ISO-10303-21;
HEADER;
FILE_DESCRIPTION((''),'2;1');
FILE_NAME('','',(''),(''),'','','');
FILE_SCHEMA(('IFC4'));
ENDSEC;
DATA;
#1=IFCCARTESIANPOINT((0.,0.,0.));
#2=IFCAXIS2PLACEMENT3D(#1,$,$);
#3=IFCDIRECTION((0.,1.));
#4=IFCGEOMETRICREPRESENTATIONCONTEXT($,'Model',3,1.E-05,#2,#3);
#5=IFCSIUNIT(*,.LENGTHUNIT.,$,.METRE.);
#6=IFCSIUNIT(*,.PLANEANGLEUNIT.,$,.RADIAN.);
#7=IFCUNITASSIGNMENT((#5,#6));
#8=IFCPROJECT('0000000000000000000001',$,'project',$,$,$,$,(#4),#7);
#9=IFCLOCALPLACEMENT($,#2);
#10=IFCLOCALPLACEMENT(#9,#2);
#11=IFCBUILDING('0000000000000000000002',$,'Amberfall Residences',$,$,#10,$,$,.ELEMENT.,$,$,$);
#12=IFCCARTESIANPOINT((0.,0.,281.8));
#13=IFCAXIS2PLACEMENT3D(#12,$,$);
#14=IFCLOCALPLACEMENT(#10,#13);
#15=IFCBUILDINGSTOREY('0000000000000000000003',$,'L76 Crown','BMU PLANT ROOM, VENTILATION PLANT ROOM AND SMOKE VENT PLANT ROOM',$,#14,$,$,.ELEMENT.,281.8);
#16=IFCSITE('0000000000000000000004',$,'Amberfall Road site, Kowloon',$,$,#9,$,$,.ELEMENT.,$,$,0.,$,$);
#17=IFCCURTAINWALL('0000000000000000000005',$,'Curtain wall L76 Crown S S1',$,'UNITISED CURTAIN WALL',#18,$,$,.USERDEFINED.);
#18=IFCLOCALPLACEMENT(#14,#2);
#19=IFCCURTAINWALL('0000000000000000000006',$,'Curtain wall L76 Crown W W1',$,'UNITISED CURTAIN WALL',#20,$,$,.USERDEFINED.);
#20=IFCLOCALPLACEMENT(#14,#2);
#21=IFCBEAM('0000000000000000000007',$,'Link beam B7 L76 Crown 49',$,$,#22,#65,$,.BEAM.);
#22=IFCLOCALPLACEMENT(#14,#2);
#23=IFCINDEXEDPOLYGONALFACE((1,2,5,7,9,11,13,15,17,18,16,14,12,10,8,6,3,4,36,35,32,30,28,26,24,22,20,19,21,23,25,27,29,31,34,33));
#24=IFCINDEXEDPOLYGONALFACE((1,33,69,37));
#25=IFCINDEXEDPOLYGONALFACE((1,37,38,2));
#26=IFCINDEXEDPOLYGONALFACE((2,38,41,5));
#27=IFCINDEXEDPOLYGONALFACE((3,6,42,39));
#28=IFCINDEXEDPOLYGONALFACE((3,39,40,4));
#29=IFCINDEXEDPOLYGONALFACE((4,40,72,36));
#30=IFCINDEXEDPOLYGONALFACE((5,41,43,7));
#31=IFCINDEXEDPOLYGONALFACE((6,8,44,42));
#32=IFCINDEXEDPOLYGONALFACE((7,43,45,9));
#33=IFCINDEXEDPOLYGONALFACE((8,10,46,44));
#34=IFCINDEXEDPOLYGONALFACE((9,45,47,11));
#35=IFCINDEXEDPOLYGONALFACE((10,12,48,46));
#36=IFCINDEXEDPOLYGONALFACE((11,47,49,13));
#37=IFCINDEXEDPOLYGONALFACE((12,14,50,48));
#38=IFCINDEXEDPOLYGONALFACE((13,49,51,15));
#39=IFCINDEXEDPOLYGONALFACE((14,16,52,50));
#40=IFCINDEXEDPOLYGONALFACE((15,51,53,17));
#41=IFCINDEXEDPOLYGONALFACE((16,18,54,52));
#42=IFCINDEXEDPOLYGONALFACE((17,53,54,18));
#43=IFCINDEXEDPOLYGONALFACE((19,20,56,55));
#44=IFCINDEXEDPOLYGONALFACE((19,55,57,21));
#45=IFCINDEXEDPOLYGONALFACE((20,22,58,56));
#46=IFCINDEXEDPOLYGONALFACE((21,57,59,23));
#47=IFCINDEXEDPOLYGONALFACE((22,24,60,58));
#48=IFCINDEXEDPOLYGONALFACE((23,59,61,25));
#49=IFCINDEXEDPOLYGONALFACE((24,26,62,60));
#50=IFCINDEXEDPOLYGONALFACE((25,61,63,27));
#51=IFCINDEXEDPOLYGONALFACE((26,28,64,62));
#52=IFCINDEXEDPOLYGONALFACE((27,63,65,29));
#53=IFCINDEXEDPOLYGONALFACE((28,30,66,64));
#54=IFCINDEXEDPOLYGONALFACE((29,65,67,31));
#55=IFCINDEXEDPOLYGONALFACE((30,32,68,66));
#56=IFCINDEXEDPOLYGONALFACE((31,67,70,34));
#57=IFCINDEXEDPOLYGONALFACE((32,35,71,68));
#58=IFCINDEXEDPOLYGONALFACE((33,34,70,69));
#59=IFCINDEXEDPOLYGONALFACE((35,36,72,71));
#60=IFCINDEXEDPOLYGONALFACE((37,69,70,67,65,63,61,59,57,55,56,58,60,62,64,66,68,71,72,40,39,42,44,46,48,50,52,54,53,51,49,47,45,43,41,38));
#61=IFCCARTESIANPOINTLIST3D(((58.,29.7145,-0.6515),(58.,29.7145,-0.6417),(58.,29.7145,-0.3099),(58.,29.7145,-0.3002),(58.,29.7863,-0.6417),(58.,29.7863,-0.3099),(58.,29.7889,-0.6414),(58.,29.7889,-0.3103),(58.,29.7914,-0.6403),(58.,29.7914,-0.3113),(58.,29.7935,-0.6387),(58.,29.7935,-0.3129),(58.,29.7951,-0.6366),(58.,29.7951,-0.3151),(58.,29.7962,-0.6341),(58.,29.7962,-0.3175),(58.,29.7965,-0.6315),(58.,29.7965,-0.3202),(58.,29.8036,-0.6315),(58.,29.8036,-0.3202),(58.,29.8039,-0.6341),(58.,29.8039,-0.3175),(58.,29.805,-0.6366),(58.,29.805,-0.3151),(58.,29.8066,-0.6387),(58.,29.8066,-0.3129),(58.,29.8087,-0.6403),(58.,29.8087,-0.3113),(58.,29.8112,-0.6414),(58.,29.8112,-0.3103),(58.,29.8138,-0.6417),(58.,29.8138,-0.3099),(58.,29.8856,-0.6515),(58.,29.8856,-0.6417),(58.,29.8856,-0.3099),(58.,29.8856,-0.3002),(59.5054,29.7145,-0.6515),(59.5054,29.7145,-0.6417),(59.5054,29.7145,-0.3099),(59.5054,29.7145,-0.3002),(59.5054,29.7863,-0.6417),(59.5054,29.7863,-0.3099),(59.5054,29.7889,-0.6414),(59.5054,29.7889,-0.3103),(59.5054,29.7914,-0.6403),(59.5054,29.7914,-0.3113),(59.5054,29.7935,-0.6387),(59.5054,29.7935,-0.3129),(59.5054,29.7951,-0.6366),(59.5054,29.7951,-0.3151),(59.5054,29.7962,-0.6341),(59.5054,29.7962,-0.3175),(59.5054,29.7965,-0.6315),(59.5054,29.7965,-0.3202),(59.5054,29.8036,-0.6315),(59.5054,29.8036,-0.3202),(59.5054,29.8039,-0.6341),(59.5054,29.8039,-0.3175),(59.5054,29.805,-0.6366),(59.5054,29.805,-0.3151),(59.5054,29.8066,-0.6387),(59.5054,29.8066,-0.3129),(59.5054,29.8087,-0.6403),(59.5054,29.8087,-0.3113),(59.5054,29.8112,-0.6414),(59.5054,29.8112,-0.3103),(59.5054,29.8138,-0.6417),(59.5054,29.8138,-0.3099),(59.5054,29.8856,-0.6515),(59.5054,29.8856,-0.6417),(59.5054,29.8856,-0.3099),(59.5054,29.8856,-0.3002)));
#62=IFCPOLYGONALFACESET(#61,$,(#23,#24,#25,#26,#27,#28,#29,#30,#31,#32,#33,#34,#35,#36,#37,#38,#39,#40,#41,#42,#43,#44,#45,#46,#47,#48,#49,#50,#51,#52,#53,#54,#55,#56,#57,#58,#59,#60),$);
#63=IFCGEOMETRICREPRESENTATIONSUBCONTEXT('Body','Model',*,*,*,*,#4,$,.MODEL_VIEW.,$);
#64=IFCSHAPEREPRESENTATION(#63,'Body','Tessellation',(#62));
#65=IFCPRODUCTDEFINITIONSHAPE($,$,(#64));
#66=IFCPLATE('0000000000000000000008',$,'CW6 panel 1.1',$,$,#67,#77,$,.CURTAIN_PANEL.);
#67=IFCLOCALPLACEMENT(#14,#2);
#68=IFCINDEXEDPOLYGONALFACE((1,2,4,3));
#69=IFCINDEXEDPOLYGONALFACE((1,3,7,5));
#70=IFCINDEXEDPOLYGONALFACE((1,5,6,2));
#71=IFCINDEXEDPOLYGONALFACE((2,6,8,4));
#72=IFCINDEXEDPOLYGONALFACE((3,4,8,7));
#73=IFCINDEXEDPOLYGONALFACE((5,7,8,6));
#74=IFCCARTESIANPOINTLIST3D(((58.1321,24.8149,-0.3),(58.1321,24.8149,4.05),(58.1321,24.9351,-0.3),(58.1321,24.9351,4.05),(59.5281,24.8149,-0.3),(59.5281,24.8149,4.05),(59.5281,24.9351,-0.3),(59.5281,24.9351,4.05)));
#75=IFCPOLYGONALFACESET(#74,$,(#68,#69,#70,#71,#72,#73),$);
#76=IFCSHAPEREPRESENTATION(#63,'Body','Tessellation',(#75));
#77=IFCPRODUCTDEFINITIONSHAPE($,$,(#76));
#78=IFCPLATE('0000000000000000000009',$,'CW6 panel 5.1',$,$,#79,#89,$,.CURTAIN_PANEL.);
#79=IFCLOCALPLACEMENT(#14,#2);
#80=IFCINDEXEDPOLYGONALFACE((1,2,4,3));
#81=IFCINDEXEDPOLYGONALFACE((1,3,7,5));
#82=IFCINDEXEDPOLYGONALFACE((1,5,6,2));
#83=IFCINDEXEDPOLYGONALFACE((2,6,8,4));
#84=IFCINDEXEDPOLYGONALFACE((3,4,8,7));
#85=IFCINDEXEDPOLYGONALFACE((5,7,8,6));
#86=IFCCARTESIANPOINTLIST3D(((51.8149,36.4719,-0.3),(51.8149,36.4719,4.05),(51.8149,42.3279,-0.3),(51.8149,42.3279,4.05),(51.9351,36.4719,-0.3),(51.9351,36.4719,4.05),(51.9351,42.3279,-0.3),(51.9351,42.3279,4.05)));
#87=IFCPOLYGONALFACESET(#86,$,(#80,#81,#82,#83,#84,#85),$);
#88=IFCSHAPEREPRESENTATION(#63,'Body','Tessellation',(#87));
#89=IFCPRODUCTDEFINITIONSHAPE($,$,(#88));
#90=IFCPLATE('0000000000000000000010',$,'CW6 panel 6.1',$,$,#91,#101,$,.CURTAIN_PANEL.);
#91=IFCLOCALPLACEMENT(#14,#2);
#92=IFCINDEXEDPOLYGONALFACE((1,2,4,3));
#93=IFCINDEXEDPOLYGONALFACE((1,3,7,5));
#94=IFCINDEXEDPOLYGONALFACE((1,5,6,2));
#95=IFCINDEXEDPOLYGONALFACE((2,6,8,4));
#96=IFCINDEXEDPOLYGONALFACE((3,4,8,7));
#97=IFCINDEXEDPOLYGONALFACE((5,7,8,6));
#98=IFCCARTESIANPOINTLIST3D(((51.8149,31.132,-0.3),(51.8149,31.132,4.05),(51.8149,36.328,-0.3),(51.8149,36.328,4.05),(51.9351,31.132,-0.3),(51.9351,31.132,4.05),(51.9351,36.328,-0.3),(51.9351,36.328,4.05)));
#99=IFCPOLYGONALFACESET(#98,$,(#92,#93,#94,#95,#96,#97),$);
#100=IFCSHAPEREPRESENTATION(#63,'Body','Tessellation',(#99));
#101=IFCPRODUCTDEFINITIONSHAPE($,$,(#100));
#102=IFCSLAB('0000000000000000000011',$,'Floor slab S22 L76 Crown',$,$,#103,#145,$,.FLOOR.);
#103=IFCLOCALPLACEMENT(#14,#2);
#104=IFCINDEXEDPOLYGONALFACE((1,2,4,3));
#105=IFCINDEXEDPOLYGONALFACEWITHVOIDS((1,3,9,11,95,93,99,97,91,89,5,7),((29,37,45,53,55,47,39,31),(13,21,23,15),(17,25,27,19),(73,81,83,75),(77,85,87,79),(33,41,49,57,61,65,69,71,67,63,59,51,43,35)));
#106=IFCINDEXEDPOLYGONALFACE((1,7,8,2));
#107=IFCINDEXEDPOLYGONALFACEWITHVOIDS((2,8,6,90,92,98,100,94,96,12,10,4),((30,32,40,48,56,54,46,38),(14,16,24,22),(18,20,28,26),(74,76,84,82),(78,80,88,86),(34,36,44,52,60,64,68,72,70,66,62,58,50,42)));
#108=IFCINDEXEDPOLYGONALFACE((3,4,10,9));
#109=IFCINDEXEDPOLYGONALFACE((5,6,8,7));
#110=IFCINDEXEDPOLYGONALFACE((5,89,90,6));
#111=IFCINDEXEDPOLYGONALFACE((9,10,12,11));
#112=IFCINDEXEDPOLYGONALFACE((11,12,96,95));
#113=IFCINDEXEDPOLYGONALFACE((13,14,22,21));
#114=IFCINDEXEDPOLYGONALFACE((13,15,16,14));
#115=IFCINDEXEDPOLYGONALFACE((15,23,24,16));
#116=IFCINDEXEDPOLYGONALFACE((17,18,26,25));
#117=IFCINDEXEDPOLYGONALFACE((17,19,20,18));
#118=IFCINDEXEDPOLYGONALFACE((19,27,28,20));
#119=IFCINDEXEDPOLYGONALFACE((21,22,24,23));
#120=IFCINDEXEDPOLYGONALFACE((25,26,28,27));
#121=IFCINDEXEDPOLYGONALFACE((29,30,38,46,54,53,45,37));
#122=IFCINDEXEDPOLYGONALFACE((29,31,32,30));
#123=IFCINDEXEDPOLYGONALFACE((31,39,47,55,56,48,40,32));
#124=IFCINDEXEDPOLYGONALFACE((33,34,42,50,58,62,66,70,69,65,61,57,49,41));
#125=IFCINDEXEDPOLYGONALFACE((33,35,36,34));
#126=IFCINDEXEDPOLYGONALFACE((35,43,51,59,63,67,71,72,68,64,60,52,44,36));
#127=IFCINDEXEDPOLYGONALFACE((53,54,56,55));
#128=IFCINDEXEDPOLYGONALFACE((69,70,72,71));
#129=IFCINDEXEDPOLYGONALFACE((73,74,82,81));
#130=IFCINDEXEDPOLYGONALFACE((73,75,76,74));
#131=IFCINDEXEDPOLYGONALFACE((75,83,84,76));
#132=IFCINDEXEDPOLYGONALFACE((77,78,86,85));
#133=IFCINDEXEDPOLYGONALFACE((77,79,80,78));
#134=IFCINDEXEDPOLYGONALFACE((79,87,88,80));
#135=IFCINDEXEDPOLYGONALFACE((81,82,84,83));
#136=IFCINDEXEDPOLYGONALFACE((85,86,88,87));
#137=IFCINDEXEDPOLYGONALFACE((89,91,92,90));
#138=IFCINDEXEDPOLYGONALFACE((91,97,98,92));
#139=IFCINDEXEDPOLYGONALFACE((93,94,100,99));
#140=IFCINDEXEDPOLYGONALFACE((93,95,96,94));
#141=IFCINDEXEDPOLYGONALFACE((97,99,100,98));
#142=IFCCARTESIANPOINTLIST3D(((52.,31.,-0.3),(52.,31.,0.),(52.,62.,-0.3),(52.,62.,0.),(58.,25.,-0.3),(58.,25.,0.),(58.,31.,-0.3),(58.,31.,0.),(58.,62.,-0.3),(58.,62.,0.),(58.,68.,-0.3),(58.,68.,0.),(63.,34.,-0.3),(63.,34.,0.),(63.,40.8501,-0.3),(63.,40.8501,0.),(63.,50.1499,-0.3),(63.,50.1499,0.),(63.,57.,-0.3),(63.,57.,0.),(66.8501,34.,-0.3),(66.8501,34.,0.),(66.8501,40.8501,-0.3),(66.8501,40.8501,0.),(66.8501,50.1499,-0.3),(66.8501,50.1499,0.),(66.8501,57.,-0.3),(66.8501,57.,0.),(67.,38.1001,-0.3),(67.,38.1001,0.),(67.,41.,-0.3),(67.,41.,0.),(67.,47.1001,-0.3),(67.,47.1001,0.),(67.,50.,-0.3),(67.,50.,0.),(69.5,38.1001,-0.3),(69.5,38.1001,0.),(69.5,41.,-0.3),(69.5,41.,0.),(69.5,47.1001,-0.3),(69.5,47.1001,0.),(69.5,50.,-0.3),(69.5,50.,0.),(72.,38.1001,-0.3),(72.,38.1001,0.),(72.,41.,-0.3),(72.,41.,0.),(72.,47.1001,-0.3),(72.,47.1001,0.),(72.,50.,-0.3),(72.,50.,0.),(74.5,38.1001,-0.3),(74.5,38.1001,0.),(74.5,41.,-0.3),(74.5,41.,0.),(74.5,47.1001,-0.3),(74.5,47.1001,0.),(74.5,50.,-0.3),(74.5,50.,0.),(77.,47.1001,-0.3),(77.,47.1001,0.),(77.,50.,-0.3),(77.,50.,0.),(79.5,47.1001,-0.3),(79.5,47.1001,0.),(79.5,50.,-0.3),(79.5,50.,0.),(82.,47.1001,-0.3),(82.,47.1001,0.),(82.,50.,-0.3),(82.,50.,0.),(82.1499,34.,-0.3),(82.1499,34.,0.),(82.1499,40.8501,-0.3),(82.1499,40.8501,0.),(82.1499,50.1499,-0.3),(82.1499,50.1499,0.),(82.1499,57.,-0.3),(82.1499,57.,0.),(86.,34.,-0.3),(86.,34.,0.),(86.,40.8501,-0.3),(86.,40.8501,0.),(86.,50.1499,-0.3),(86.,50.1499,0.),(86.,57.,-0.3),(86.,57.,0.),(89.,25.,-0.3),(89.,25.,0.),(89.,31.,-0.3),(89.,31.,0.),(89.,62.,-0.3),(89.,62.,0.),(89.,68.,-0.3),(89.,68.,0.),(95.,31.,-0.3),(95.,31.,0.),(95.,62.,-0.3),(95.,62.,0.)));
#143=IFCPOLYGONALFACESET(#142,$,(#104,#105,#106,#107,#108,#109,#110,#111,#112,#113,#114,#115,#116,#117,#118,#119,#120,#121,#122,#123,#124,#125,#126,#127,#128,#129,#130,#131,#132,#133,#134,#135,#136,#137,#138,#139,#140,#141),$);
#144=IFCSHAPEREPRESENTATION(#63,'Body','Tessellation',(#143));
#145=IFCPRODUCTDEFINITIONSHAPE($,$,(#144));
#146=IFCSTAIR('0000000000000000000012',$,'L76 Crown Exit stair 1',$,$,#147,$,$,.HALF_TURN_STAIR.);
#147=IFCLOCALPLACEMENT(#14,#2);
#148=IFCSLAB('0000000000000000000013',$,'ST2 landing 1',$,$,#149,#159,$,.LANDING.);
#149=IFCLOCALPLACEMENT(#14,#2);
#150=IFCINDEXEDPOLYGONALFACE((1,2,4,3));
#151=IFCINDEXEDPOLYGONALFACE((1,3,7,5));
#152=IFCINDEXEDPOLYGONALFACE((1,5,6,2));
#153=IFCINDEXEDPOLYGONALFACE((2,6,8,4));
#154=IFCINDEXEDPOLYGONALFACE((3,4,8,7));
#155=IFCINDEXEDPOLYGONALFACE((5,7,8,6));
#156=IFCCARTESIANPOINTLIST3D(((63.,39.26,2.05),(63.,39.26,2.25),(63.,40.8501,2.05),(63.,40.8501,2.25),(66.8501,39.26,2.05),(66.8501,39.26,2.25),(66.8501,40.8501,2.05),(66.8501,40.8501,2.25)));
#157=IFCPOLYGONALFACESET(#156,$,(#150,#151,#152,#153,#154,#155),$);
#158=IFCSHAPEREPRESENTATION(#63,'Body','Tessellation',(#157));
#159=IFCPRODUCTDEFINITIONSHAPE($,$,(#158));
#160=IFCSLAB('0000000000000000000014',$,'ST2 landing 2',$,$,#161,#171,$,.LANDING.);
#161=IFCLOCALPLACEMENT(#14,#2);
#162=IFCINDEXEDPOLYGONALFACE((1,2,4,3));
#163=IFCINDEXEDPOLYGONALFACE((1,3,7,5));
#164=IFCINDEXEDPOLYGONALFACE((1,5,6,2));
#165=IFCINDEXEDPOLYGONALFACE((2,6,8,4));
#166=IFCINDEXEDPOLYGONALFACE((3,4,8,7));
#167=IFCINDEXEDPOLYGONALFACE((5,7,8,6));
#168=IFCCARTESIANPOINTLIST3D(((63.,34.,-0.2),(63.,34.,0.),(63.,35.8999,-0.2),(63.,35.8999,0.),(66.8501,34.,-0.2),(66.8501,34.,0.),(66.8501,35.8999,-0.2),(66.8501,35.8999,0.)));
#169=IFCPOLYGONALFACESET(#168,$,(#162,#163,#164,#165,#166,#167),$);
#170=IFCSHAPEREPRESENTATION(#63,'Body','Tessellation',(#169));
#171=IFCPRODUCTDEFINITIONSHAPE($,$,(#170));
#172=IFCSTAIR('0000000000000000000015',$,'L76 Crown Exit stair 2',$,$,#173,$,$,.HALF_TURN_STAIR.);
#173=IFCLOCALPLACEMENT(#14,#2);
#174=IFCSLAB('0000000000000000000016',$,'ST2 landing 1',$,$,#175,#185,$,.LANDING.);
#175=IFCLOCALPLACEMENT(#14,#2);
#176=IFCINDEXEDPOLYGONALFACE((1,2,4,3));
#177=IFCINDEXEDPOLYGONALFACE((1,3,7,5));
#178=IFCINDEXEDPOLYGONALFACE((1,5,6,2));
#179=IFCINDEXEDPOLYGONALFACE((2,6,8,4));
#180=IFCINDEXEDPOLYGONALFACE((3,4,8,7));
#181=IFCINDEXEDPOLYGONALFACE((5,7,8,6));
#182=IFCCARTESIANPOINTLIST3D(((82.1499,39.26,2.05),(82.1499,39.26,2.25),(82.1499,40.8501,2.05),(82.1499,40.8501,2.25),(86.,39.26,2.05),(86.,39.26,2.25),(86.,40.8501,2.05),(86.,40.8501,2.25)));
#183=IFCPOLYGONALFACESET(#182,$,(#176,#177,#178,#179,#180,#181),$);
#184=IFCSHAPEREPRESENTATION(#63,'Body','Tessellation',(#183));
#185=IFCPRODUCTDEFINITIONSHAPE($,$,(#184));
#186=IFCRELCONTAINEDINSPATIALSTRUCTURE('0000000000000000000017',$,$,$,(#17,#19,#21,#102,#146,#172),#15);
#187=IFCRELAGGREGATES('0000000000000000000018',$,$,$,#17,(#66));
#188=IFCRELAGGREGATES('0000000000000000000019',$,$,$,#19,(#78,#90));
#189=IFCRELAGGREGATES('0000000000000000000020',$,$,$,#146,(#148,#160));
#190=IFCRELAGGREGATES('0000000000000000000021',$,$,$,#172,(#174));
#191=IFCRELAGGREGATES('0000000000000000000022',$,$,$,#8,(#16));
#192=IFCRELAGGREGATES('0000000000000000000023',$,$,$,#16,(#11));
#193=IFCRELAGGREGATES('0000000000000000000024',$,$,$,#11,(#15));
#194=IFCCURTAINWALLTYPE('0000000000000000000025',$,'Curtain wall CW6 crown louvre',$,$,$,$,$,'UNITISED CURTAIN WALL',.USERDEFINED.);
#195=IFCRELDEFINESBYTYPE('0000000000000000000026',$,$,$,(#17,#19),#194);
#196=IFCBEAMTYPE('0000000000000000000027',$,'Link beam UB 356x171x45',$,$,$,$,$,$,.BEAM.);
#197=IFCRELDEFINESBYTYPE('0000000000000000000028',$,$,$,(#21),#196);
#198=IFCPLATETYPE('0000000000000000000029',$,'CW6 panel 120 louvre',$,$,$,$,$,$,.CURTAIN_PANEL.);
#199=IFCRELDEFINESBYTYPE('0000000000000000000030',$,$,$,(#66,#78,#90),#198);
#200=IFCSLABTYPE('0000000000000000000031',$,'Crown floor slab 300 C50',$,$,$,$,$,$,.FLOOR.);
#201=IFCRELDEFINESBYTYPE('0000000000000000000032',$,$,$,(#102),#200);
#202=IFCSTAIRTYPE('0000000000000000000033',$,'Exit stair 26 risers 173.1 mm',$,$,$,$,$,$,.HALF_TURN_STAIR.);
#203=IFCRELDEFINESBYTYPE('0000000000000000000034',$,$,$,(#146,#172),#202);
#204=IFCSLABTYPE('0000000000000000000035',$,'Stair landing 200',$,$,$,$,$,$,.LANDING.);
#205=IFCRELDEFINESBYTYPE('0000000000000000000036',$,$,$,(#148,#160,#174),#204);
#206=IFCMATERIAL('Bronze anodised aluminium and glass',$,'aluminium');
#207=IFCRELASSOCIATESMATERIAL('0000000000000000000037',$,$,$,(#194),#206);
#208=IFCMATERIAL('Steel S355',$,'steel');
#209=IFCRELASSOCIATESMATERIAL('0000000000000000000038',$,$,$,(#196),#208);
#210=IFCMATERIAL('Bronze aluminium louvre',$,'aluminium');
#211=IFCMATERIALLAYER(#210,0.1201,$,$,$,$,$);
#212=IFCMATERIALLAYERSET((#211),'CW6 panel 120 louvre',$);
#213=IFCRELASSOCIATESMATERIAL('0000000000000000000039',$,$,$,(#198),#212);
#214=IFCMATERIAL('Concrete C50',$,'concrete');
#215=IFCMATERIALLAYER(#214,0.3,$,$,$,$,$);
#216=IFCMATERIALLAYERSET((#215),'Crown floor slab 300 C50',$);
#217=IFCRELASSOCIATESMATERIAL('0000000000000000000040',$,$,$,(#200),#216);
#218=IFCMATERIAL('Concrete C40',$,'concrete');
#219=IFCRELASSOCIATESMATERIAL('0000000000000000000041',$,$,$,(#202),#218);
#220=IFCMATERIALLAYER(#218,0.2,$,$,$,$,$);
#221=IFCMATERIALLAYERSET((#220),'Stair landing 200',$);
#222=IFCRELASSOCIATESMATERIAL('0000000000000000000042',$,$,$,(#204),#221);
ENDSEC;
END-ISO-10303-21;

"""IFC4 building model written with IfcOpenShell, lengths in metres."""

from ifc_helpers import new_model, si_unit, direction, frame, origin, origin_2d, place, context, subcontext, project, spatial, polyline, rectangle, i_section, outline, extrude, material, layer, layer_set, material_profile, profile_set, type_object, element, aggregate, save


model = new_model("IFC4")

# Units and contexts
model_context = context("Model", 3, precision=1e-05, world=origin(), true_north=direction((0.0, 1.0)))
body_context = subcontext(model_context, "Body", "Model", "MODEL_VIEW")
ifc_project = project(units=[si_unit("LENGTHUNIT", "METRE"), si_unit("PLANEANGLEUNIT", "RADIAN")], contexts=[model_context])

# Site, building, storey
site_placement = place(None, origin())
site = spatial("IfcSite", under=ifc_project, at=site_placement, Name="Amberfall Road site, Kowloon", CompositionType="ELEMENT", RefElevation=0.0)
building_placement = place(site_placement, origin())
building = spatial("IfcBuilding", under=site, at=building_placement, Name="Amberfall Residences", CompositionType="ELEMENT")
storey_placement = place(building_placement, frame((0.0, 0.0, 281.8)))
storey = spatial("IfcBuildingStorey", under=building, at=storey_placement, Name="L76 Crown", Description="BMU PLANT ROOM, VENTILATION PLANT ROOM AND SMOKE VENT PLANT ROOM", CompositionType="ELEMENT", Elevation=281.8)

# Shared definitions
ifc_material_1 = material(Name="Concrete C50", Category="concrete")

# Curtain wall
ifc_material_2 = material(Name="Bronze anodised aluminium and glass", Category="aluminium")
curtain_wall_type = type_object("IfcCurtainWallType", Name="Curtain wall CW6 crown louvre", ElementType="UNITISED CURTAIN WALL", PredefinedType="USERDEFINED", material=ifc_material_2)
curtain_wall_1_placement = place(storey_placement, origin())
curtain_wall_1 = element("IfcCurtainWall", 1, at=curtain_wall_1_placement, inside=storey, type_object=curtain_wall_type, Name="Curtain wall L76 Crown S S1", ObjectType="UNITISED CURTAIN WALL", PredefinedType="USERDEFINED")

# Curtain wall
curtain_wall_2_placement = place(storey_placement, origin())
curtain_wall_2 = element("IfcCurtainWall", 2, at=curtain_wall_2_placement, inside=storey, type_object=curtain_wall_type, Name="Curtain wall L76 Crown W W1", ObjectType="UNITISED CURTAIN WALL", PredefinedType="USERDEFINED")

# Beam
ifc_material_3 = material(Name="Steel S355", Category="steel")
ifc_material_profile_1 = material_profile(ifc_material_3, i_section(OverallWidth=0.1711, OverallDepth=0.3513, WebThickness=0.0071, FlangeThickness=0.0098, FilletRadius=0.0103, at=origin_2d()), Name="UB 356x171x45")
ifc_profile_set_1 = profile_set([ifc_material_profile_1], Name="Steel S355")
beam_type_1 = type_object("IfcBeamType", Name="Link beam UB 356x171x45", PredefinedType="BEAM", material=ifc_profile_set_1)
beam_1_placement = place(storey_placement, frame((58.0, 29.8, -0.4758), z_axis=(1.0, 0.0, 0.0), x_axis=(0.0, 1.0, 0.0)))
element("IfcBeam", 3, at=beam_1_placement, inside=storey, type_object=beam_type_1, Name="Link beam B7 L76 Crown 49", PredefinedType="BEAM", context=body_context, shape_type="SweptSolid", body=[
    extrude(i_section(OverallWidth=0.1711, OverallDepth=0.3513, WebThickness=0.0071, FlangeThickness=0.0098, FilletRadius=0.0103, at=origin_2d()), origin(), (0.0, 0.0, 1.0), 1.5054),
])

# Plates
ifc_material_4 = material(Name="Bronze aluminium louvre", Category="aluminium")
ifc_layer_1 = layer(ifc_material_4, 0.1201)
ifc_layer_set_1 = layer_set([ifc_layer_1], Name="CW6 panel 120 louvre")
plate_type = type_object("IfcPlateType", Name="CW6 panel 120 louvre", PredefinedType="CURTAIN_PANEL", material=ifc_layer_set_1)
plate_1_placement = place(storey_placement, frame((58.8301, 24.875, -0.3), z_axis=(0.0, 0.0, 1.0), x_axis=(1.0, 0.0, 0.0)))
plate_1 = element("IfcPlate", 4, at=plate_1_placement, type_object=plate_type, Name="CW6 panel 1.1", PredefinedType="CURTAIN_PANEL", context=body_context, shape_type="SweptSolid", body=[
    extrude(rectangle(XDim=1.396, YDim=0.1201, at=origin_2d()), origin(), (0.0, 0.0, 1.0), 4.3501),
])
aggregate(curtain_wall_1, [plate_1])
plate_2_placement = place(storey_placement, frame((51.875, 39.3999, -0.3), z_axis=(0.0, 0.0, 1.0), x_axis=(0.0, -1.0, 0.0)))
plate_2 = element("IfcPlate", 5, at=plate_2_placement, type_object=plate_type, Name="CW6 panel 5.1", PredefinedType="CURTAIN_PANEL", context=body_context, shape_type="SweptSolid", body=[
    extrude(rectangle(XDim=5.856, YDim=0.1201, at=origin_2d()), origin(), (0.0, 0.0, 1.0), 4.3501),
])
plate_3_placement = place(storey_placement, frame((51.875, 33.73, -0.3), z_axis=(0.0, 0.0, 1.0), x_axis=(0.0, -1.0, 0.0)))
plate_3 = element("IfcPlate", 6, at=plate_3_placement, type_object=plate_type, Name="CW6 panel 6.1", PredefinedType="CURTAIN_PANEL", context=body_context, shape_type="SweptSolid", body=[
    extrude(rectangle(XDim=5.196, YDim=0.1201, at=origin_2d()), origin(), (0.0, 0.0, 1.0), 4.3501),
])
aggregate(curtain_wall_2, [plate_2, plate_3])

# Slab
ifc_layer_2 = layer(ifc_material_1, 0.3)
ifc_layer_set_2 = layer_set([ifc_layer_2], Name="Crown floor slab 300 C50")
slab_type_1 = type_object("IfcSlabType", Name="Crown floor slab 300 C50", PredefinedType="FLOOR", material=ifc_layer_set_2)
slab_1_placement = place(storey_placement, frame((0.0, 0.0, -0.3)))
element("IfcSlab", 7, at=slab_1_placement, inside=storey, type_object=slab_type_1, Name="Floor slab S22 L76 Crown", PredefinedType="FLOOR", context=body_context, shape_type="SweptSolid", body=[
    extrude(outline(polyline([(89.0, 25.0), (58.0, 25.0), (58.0, 31.0), (52.0, 31.0), (52.0, 62.0), (58.0, 62.0), (58.0, 68.0), (89.0, 68.0), (89.0, 62.0), (95.0, 62.0), (95.0, 31.0), (89.0, 31.0), (89.0, 25.0)]), holes=[polyline([(86.0, 34.0), (86.0, 40.8501), (82.1499, 40.8501), (82.1499, 34.0), (86.0, 34.0)]), polyline([(86.0, 50.1499), (86.0, 57.0), (82.1499, 57.0), (82.1499, 50.1499), (86.0, 50.1499)]), polyline([(67.0, 50.0), (67.0, 47.1001), (69.5, 47.1001), (72.0, 47.1001), (74.5, 47.1001), (77.0, 47.1001), (79.5, 47.1001), (82.0, 47.1001), (82.0, 50.0), (79.5, 50.0), (77.0, 50.0), (74.5, 50.0), (72.0, 50.0), (69.5, 50.0), (67.0, 50.0)]), polyline([(69.5, 41.0), (67.0, 41.0), (67.0, 38.1001), (69.5, 38.1001), (72.0, 38.1001), (74.5, 38.1001), (74.5, 41.0), (72.0, 41.0), (69.5, 41.0)]), polyline([(66.8501, 40.8501), (63.0, 40.8501), (63.0, 34.0), (66.8501, 34.0), (66.8501, 40.8501)]), polyline([(66.8501, 57.0), (63.0, 57.0), (63.0, 50.1499), (66.8501, 50.1499), (66.8501, 57.0)])]), origin(), (0.0, 0.0, 1.0), 0.3),
])

# Stairs, slabs
ifc_material_5 = material(Name="Concrete C40", Category="concrete")
stair_type = type_object("IfcStairType", Name="Exit stair 26 risers 173.1 mm", PredefinedType="HALF_TURN_STAIR", material=ifc_material_5)
stair_1_placement = place(storey_placement, origin())
stair_1 = element("IfcStair", 8, at=stair_1_placement, inside=storey, type_object=stair_type, Name="L76 Crown Exit stair 1", PredefinedType="HALF_TURN_STAIR")
ifc_layer_3 = layer(ifc_material_5, 0.2)
ifc_layer_set_3 = layer_set([ifc_layer_3], Name="Stair landing 200")
slab_type_2 = type_object("IfcSlabType", Name="Stair landing 200", PredefinedType="LANDING", material=ifc_layer_set_3)
slab_2_placement = place(storey_placement, frame((0.0, 0.0, 2.05)))
slab_2 = element("IfcSlab", 9, at=slab_2_placement, type_object=slab_type_2, Name="ST2 landing 1", PredefinedType="LANDING", context=body_context, shape_type="SweptSolid", body=[
    extrude(outline(polyline([(66.8501, 39.26), (66.8501, 40.8501), (63.0, 40.8501), (63.0, 39.26), (66.8501, 39.26)])), origin(), (0.0, 0.0, 1.0), 0.2),
])
slab_3_placement = place(storey_placement, frame((0.0, 0.0, -0.2)))
slab_3 = element("IfcSlab", 10, at=slab_3_placement, type_object=slab_type_2, Name="ST2 landing 2", PredefinedType="LANDING", context=body_context, shape_type="SweptSolid", body=[
    extrude(outline(polyline([(66.8501, 34.0), (66.8501, 35.8999), (63.0, 35.8999), (63.0, 34.0), (66.8501, 34.0)])), origin(), (0.0, 0.0, 1.0), 0.2),
])
aggregate(stair_1, [slab_2, slab_3])
stair_2_placement = place(storey_placement, origin())
stair_2 = element("IfcStair", 11, at=stair_2_placement, inside=storey, type_object=stair_type, Name="L76 Crown Exit stair 2", PredefinedType="HALF_TURN_STAIR")
slab_4_placement = place(storey_placement, frame((0.0, 0.0, 2.05)))
slab_4 = element("IfcSlab", 12, at=slab_4_placement, type_object=slab_type_2, Name="ST2 landing 1", PredefinedType="LANDING", context=body_context, shape_type="SweptSolid", body=[
    extrude(outline(polyline([(86.0, 39.26), (86.0, 40.8501), (82.1499, 40.8501), (82.1499, 39.26), (86.0, 39.26)])), origin(), (0.0, 0.0, 1.0), 0.2),
])
aggregate(stair_2, [slab_4])

save(model, "model.ifc")
